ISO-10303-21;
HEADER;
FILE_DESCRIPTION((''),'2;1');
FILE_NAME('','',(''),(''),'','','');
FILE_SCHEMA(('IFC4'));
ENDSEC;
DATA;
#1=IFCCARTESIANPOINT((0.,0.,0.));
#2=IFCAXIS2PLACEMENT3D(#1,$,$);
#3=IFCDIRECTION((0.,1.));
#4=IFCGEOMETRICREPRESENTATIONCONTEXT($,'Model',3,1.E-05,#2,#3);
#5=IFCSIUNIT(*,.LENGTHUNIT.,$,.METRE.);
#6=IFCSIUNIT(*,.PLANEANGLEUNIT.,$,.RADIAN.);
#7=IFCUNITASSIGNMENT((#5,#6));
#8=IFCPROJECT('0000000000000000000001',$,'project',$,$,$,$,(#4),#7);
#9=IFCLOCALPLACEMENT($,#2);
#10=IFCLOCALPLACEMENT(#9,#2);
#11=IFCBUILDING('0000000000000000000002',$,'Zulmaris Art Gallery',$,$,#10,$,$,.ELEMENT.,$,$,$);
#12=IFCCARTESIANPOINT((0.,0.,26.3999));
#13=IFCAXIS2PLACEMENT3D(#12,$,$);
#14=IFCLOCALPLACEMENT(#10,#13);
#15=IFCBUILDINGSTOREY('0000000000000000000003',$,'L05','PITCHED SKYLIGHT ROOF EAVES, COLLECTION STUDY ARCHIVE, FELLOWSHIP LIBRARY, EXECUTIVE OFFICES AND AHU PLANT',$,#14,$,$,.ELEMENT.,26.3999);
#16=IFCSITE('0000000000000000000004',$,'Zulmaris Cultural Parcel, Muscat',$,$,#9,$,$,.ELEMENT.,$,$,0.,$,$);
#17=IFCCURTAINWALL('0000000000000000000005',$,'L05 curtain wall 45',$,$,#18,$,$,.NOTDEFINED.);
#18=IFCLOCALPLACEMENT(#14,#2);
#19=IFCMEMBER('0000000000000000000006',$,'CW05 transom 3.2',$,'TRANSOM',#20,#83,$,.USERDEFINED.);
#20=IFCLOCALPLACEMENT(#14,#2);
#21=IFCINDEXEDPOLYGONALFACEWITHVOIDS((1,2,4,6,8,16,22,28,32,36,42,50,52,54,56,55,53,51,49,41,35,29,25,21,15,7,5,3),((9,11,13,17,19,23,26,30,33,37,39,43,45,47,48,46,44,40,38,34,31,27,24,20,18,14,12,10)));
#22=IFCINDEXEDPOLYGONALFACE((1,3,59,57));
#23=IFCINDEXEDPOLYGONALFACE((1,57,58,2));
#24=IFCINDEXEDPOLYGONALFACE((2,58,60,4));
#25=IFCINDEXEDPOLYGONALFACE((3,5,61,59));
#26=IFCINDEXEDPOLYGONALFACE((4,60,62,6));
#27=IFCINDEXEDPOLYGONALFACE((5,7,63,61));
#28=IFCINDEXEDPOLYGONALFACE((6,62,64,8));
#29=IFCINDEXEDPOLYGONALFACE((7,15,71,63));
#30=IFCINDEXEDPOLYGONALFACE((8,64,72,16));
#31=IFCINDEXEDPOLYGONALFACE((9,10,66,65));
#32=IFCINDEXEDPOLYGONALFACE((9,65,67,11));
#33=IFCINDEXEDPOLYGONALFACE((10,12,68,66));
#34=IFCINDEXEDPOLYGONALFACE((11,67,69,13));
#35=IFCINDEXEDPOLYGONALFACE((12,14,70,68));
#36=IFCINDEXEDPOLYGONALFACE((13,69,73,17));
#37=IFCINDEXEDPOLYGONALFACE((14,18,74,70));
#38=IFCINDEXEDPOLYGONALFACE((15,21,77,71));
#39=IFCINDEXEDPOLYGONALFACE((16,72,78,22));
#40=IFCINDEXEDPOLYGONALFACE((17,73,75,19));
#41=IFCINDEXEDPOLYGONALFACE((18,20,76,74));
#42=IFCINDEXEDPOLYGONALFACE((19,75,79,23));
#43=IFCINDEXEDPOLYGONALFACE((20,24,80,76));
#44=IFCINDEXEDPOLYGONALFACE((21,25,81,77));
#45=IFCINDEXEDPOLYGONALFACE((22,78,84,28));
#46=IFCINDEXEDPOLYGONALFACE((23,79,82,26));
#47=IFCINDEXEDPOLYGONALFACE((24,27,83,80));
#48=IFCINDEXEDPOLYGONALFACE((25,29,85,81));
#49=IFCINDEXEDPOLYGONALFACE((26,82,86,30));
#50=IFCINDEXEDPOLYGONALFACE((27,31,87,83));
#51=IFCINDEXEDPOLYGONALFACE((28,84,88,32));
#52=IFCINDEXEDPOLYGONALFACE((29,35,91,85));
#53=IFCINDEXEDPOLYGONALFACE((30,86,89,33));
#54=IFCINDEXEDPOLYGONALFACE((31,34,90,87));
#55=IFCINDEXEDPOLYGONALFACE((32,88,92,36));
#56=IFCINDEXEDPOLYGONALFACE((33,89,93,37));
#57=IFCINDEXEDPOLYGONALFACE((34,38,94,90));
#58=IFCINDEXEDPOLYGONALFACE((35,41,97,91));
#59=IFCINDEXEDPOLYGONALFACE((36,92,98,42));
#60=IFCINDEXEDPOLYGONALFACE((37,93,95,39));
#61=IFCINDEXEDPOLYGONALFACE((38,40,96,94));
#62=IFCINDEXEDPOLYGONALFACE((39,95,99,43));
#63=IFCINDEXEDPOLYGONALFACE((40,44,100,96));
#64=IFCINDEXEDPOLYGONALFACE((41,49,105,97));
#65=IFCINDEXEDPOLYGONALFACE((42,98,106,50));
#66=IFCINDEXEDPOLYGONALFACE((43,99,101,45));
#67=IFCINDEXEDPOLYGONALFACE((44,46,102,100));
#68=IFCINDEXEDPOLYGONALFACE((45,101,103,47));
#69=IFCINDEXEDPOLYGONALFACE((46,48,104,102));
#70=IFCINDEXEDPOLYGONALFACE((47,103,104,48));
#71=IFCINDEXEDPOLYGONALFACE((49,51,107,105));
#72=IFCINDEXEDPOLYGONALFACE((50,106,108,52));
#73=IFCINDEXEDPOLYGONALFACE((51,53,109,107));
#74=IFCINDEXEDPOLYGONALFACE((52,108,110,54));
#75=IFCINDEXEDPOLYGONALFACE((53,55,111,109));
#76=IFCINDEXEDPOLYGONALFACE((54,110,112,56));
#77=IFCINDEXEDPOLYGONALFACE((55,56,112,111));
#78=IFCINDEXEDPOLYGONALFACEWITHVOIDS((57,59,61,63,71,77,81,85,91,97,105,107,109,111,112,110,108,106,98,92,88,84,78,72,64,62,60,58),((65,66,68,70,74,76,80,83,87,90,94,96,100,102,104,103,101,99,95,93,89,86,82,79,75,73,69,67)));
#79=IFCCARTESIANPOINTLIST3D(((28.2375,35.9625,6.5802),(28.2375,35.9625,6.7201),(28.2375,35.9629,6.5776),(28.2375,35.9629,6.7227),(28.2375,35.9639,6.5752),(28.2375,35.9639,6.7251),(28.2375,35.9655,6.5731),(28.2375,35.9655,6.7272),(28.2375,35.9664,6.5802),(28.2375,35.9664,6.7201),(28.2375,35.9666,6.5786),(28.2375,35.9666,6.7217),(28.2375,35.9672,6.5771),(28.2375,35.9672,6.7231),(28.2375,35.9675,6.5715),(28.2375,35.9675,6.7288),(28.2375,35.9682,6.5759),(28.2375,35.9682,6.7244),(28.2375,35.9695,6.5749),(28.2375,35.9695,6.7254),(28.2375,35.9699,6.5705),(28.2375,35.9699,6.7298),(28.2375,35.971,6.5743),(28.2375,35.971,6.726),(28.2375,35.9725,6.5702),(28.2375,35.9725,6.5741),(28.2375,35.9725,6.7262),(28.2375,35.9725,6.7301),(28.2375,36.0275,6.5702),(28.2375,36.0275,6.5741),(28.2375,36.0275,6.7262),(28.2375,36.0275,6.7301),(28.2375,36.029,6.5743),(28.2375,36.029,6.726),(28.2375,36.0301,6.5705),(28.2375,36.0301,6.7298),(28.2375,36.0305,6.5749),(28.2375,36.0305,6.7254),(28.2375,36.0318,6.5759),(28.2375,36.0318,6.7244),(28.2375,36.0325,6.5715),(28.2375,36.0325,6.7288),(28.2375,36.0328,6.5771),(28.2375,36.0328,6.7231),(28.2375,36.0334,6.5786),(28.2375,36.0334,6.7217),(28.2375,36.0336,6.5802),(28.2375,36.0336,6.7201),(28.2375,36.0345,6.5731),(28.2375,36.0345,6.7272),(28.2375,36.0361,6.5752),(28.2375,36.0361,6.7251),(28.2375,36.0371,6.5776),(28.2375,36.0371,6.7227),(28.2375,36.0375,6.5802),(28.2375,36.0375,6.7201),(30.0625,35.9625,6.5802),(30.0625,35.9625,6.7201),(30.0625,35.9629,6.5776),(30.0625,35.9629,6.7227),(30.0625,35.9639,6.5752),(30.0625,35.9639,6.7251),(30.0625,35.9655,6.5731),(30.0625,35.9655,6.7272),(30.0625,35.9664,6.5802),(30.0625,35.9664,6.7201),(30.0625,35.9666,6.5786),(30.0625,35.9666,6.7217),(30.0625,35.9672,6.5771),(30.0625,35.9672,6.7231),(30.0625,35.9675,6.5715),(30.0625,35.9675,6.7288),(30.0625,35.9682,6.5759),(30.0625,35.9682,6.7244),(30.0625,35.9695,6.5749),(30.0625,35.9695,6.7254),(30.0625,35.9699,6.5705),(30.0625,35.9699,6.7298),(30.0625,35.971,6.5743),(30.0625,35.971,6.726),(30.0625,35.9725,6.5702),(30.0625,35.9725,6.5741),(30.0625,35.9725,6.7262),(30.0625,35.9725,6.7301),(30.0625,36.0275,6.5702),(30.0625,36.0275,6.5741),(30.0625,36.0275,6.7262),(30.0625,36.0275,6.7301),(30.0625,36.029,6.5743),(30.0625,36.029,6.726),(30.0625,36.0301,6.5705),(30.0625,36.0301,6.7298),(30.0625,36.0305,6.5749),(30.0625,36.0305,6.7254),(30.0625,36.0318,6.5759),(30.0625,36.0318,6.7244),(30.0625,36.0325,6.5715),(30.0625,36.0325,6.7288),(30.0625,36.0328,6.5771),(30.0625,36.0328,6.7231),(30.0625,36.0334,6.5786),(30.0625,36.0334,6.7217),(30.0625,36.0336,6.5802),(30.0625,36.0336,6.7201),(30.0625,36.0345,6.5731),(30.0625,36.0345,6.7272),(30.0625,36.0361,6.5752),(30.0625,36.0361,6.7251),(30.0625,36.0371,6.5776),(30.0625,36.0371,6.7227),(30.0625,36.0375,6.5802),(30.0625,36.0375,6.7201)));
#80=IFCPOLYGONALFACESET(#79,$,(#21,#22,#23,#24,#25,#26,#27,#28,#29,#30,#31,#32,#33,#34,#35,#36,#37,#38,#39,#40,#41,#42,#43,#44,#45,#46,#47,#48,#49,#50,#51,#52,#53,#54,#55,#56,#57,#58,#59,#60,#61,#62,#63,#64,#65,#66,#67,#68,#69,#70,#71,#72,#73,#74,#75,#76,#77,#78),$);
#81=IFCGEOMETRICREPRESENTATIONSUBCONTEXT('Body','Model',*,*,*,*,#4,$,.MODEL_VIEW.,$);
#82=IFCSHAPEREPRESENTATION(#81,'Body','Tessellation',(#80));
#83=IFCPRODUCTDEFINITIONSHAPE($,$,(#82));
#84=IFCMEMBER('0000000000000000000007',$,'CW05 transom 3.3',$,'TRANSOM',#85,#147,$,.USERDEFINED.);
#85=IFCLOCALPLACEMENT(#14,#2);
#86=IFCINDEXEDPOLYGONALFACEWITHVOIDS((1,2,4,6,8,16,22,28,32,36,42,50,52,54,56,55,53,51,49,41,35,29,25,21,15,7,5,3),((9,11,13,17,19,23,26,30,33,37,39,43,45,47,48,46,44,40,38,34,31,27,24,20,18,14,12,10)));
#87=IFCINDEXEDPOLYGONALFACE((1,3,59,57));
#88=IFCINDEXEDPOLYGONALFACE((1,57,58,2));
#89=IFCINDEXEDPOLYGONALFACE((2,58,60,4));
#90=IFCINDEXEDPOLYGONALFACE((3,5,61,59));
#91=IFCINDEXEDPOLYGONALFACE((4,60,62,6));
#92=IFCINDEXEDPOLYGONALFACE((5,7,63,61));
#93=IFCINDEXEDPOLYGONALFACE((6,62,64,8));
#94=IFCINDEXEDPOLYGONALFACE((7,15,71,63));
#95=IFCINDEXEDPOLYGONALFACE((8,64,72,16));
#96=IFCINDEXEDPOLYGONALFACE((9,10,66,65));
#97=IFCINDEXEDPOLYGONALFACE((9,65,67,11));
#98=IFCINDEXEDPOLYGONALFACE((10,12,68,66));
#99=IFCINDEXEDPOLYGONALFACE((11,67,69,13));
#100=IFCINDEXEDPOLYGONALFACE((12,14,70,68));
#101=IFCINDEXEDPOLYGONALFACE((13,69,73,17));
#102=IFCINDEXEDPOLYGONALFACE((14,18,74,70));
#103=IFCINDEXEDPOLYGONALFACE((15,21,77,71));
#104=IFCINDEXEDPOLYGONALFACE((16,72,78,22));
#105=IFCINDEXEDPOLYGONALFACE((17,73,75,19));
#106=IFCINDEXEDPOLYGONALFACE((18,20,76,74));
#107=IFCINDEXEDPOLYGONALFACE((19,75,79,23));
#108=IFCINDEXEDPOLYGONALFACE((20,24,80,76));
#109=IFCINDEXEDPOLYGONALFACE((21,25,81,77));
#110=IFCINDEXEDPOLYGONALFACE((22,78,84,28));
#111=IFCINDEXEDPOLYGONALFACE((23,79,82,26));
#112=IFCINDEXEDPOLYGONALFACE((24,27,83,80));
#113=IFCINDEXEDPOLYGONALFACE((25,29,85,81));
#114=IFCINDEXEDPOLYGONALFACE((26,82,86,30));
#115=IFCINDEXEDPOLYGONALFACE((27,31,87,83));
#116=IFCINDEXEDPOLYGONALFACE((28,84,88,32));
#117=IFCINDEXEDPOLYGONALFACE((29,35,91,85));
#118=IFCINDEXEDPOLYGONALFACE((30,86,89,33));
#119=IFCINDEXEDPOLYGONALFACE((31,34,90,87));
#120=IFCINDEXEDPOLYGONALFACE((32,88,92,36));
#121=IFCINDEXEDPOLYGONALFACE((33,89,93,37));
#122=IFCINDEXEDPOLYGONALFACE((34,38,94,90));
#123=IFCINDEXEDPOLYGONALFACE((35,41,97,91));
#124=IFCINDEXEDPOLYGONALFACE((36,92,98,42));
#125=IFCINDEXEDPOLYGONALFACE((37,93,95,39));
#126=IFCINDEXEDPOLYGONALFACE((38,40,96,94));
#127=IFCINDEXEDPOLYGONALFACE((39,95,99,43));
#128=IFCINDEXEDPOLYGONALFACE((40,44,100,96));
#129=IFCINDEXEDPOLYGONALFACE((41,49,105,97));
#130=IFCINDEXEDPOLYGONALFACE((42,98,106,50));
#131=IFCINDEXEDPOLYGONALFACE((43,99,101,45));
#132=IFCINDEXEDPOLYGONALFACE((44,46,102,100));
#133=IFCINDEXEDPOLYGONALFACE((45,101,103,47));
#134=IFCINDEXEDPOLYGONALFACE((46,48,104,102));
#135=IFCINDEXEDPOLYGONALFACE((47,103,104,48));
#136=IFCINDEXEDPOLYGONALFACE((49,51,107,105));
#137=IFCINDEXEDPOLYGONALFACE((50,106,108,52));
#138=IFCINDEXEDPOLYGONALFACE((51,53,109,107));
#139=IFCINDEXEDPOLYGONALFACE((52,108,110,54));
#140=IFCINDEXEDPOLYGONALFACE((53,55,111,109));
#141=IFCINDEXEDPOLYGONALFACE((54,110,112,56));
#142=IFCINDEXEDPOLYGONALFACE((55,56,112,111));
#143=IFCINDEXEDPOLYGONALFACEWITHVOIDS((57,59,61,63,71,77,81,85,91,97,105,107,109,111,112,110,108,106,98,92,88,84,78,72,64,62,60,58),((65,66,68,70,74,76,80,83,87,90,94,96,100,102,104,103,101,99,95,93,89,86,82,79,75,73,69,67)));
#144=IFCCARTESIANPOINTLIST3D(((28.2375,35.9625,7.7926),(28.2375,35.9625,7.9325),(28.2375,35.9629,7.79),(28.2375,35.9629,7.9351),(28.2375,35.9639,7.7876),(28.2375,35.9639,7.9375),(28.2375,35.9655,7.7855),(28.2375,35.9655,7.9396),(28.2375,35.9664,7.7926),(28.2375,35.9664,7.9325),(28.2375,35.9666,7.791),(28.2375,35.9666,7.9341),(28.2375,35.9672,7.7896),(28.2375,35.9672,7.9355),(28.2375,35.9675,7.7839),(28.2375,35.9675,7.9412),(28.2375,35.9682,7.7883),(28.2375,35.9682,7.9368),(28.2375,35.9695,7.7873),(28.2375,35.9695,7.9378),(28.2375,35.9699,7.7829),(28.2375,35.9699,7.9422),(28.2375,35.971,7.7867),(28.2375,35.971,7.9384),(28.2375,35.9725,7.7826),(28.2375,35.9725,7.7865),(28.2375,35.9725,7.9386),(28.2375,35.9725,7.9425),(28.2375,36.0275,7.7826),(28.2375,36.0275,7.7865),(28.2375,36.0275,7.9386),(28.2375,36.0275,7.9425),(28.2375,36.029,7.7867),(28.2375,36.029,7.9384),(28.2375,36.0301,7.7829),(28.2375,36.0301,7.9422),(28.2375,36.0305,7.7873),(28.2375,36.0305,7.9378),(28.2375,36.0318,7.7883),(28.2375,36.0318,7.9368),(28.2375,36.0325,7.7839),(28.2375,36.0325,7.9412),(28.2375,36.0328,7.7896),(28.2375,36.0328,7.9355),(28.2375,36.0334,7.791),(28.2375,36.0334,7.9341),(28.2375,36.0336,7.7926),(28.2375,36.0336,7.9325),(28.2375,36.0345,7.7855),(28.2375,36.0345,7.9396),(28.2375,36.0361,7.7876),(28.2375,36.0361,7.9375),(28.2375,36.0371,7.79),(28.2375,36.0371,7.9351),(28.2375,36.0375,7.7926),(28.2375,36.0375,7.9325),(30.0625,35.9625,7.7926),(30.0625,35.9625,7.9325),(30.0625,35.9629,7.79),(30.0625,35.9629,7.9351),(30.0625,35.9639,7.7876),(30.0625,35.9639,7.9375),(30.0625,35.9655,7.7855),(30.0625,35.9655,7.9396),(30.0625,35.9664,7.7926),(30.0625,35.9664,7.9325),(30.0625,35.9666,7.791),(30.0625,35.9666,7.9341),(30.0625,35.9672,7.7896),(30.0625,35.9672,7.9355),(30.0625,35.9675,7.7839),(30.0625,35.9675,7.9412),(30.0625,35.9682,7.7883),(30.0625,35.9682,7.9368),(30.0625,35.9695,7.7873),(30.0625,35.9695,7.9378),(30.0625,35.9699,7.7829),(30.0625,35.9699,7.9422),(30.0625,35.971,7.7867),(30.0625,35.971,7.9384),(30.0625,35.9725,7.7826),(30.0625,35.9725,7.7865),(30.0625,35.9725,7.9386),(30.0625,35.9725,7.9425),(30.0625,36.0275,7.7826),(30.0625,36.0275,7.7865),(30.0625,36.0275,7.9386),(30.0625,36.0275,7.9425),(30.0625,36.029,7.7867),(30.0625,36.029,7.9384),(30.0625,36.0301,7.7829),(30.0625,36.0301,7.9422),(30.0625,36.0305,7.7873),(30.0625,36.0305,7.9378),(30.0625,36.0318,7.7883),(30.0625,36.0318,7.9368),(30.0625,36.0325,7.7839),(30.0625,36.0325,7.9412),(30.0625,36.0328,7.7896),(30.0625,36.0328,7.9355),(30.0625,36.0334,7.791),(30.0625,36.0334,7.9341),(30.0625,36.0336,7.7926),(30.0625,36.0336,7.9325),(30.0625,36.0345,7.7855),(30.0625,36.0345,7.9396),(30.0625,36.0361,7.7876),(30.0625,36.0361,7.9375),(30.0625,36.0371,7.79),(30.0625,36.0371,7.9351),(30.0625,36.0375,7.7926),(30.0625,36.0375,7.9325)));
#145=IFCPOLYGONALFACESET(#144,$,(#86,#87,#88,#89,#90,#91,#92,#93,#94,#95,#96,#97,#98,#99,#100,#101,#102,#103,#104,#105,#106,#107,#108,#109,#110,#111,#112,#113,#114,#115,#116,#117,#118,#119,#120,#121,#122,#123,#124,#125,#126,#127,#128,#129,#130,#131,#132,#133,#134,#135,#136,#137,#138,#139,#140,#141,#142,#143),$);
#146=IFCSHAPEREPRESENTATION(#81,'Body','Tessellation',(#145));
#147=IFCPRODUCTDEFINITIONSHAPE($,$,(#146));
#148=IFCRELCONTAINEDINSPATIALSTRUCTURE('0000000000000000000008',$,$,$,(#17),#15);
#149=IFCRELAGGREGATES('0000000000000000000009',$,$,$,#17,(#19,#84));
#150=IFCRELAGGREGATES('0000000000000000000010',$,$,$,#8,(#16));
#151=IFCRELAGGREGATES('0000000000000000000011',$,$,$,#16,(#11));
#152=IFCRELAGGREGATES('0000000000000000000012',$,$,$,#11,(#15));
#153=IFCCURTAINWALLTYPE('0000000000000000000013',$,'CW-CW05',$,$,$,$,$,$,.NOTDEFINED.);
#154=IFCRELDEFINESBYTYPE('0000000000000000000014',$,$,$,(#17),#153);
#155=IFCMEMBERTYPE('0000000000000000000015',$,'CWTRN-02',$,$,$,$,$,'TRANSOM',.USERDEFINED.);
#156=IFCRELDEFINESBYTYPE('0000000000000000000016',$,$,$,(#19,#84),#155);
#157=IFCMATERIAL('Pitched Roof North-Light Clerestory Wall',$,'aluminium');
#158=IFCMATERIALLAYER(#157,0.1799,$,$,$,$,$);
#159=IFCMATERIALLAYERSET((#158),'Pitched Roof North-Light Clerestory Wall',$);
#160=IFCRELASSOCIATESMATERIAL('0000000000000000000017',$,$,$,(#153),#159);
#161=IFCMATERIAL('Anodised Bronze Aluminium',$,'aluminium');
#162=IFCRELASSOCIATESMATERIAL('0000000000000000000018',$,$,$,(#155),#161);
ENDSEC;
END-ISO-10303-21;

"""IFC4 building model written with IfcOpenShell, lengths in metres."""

from ifc_helpers import new_model, si_unit, direction, frame, origin, origin_2d, place, context, subcontext, project, spatial, hollow_rectangle, extrude, material, layer, layer_set, material_profile, profile_set, type_object, element, aggregate, save


model = new_model("IFC4")

# Units and contexts
model_context = context("Model", 3, precision=1e-05, world=origin(), true_north=direction((0.0, 1.0)))
body_context = subcontext(model_context, "Body", "Model", "MODEL_VIEW")
ifc_project = project(units=[si_unit("LENGTHUNIT", "METRE"), si_unit("PLANEANGLEUNIT", "RADIAN")], contexts=[model_context])

# Site, building, storey
site_placement = place(None, origin())
site = spatial("IfcSite", under=ifc_project, at=site_placement, Name="Zulmaris Cultural Parcel, Muscat", CompositionType="ELEMENT", RefElevation=0.0)
building_placement = place(site_placement, origin())
building = spatial("IfcBuilding", under=site, at=building_placement, Name="Zulmaris Art Gallery", CompositionType="ELEMENT")
storey_placement = place(building_placement, frame((0.0, 0.0, 26.3999)))
storey = spatial("IfcBuildingStorey", under=building, at=storey_placement, Name="L05", Description="PITCHED SKYLIGHT ROOF EAVES, COLLECTION STUDY ARCHIVE, FELLOWSHIP LIBRARY, EXECUTIVE OFFICES AND AHU PLANT", CompositionType="ELEMENT", Elevation=26.3999)

# Curtain wall, members
ifc_material_1 = material(Name="Pitched Roof North-Light Clerestory Wall", Category="aluminium")
ifc_layer_1 = layer(ifc_material_1, 0.1799)
ifc_layer_set_1 = layer_set([ifc_layer_1], Name="Pitched Roof North-Light Clerestory Wall")
curtain_wall_type = type_object("IfcCurtainWallType", Name="CW-CW05", PredefinedType="NOTDEFINED", material=ifc_layer_set_1)
curtain_wall_placement = place(storey_placement, origin())
curtain_wall = element("IfcCurtainWall", 1, at=curtain_wall_placement, inside=storey, type_object=curtain_wall_type, Name="L05 curtain wall 45", PredefinedType="NOTDEFINED")
ifc_material_2 = material(Name="Anodised Bronze Aluminium", Category="aluminium")
ifc_material_profile_1 = material_profile(ifc_material_2, hollow_rectangle(XDim=0.075, YDim=0.1599, WallThickness=0.0039, InnerFilletRadius=0.0061, OuterFilletRadius=0.01, at=origin_2d()), Name="ALU 75x160x4")
ifc_profile_set_1 = profile_set([ifc_material_profile_1], Name="Anodised Bronze Aluminium")
member_type_1 = type_object("IfcMemberType", Name="CWTRN-02", ElementType="TRANSOM", PredefinedType="USERDEFINED", material=ifc_profile_set_1)
member_1_placement = place(storey_placement, frame((28.2375, 36.0, 6.6501), z_axis=(1.0, 0.0, 0.0), x_axis=(0.0, 1.0, 0.0)))
member_1 = element("IfcMember", 2, at=member_1_placement, type_object=member_type_1, Name="CW05 transom 3.2", ObjectType="TRANSOM", PredefinedType="USERDEFINED", context=body_context, shape_type="SweptSolid", body=[
    extrude(hollow_rectangle(XDim=0.075, YDim=0.1599, WallThickness=0.0039, InnerFilletRadius=0.0061, OuterFilletRadius=0.01, at=origin_2d()), origin(), (0.0, 0.0, 1.0), 1.825),
])
member_2_placement = place(storey_placement, frame((28.2375, 36.0, 7.8625), z_axis=(1.0, 0.0, 0.0), x_axis=(0.0, 1.0, 0.0)))
member_2 = element("IfcMember", 3, at=member_2_placement, type_object=member_type_1, Name="CW05 transom 3.3", ObjectType="TRANSOM", PredefinedType="USERDEFINED", context=body_context, shape_type="SweptSolid", body=[
    extrude(hollow_rectangle(XDim=0.075, YDim=0.1599, WallThickness=0.0039, InnerFilletRadius=0.0061, OuterFilletRadius=0.01, at=origin_2d()), origin(), (0.0, 0.0, 1.0), 1.825),
])

aggregate(curtain_wall, [member_1, member_2])

save(model, "model.ifc")
